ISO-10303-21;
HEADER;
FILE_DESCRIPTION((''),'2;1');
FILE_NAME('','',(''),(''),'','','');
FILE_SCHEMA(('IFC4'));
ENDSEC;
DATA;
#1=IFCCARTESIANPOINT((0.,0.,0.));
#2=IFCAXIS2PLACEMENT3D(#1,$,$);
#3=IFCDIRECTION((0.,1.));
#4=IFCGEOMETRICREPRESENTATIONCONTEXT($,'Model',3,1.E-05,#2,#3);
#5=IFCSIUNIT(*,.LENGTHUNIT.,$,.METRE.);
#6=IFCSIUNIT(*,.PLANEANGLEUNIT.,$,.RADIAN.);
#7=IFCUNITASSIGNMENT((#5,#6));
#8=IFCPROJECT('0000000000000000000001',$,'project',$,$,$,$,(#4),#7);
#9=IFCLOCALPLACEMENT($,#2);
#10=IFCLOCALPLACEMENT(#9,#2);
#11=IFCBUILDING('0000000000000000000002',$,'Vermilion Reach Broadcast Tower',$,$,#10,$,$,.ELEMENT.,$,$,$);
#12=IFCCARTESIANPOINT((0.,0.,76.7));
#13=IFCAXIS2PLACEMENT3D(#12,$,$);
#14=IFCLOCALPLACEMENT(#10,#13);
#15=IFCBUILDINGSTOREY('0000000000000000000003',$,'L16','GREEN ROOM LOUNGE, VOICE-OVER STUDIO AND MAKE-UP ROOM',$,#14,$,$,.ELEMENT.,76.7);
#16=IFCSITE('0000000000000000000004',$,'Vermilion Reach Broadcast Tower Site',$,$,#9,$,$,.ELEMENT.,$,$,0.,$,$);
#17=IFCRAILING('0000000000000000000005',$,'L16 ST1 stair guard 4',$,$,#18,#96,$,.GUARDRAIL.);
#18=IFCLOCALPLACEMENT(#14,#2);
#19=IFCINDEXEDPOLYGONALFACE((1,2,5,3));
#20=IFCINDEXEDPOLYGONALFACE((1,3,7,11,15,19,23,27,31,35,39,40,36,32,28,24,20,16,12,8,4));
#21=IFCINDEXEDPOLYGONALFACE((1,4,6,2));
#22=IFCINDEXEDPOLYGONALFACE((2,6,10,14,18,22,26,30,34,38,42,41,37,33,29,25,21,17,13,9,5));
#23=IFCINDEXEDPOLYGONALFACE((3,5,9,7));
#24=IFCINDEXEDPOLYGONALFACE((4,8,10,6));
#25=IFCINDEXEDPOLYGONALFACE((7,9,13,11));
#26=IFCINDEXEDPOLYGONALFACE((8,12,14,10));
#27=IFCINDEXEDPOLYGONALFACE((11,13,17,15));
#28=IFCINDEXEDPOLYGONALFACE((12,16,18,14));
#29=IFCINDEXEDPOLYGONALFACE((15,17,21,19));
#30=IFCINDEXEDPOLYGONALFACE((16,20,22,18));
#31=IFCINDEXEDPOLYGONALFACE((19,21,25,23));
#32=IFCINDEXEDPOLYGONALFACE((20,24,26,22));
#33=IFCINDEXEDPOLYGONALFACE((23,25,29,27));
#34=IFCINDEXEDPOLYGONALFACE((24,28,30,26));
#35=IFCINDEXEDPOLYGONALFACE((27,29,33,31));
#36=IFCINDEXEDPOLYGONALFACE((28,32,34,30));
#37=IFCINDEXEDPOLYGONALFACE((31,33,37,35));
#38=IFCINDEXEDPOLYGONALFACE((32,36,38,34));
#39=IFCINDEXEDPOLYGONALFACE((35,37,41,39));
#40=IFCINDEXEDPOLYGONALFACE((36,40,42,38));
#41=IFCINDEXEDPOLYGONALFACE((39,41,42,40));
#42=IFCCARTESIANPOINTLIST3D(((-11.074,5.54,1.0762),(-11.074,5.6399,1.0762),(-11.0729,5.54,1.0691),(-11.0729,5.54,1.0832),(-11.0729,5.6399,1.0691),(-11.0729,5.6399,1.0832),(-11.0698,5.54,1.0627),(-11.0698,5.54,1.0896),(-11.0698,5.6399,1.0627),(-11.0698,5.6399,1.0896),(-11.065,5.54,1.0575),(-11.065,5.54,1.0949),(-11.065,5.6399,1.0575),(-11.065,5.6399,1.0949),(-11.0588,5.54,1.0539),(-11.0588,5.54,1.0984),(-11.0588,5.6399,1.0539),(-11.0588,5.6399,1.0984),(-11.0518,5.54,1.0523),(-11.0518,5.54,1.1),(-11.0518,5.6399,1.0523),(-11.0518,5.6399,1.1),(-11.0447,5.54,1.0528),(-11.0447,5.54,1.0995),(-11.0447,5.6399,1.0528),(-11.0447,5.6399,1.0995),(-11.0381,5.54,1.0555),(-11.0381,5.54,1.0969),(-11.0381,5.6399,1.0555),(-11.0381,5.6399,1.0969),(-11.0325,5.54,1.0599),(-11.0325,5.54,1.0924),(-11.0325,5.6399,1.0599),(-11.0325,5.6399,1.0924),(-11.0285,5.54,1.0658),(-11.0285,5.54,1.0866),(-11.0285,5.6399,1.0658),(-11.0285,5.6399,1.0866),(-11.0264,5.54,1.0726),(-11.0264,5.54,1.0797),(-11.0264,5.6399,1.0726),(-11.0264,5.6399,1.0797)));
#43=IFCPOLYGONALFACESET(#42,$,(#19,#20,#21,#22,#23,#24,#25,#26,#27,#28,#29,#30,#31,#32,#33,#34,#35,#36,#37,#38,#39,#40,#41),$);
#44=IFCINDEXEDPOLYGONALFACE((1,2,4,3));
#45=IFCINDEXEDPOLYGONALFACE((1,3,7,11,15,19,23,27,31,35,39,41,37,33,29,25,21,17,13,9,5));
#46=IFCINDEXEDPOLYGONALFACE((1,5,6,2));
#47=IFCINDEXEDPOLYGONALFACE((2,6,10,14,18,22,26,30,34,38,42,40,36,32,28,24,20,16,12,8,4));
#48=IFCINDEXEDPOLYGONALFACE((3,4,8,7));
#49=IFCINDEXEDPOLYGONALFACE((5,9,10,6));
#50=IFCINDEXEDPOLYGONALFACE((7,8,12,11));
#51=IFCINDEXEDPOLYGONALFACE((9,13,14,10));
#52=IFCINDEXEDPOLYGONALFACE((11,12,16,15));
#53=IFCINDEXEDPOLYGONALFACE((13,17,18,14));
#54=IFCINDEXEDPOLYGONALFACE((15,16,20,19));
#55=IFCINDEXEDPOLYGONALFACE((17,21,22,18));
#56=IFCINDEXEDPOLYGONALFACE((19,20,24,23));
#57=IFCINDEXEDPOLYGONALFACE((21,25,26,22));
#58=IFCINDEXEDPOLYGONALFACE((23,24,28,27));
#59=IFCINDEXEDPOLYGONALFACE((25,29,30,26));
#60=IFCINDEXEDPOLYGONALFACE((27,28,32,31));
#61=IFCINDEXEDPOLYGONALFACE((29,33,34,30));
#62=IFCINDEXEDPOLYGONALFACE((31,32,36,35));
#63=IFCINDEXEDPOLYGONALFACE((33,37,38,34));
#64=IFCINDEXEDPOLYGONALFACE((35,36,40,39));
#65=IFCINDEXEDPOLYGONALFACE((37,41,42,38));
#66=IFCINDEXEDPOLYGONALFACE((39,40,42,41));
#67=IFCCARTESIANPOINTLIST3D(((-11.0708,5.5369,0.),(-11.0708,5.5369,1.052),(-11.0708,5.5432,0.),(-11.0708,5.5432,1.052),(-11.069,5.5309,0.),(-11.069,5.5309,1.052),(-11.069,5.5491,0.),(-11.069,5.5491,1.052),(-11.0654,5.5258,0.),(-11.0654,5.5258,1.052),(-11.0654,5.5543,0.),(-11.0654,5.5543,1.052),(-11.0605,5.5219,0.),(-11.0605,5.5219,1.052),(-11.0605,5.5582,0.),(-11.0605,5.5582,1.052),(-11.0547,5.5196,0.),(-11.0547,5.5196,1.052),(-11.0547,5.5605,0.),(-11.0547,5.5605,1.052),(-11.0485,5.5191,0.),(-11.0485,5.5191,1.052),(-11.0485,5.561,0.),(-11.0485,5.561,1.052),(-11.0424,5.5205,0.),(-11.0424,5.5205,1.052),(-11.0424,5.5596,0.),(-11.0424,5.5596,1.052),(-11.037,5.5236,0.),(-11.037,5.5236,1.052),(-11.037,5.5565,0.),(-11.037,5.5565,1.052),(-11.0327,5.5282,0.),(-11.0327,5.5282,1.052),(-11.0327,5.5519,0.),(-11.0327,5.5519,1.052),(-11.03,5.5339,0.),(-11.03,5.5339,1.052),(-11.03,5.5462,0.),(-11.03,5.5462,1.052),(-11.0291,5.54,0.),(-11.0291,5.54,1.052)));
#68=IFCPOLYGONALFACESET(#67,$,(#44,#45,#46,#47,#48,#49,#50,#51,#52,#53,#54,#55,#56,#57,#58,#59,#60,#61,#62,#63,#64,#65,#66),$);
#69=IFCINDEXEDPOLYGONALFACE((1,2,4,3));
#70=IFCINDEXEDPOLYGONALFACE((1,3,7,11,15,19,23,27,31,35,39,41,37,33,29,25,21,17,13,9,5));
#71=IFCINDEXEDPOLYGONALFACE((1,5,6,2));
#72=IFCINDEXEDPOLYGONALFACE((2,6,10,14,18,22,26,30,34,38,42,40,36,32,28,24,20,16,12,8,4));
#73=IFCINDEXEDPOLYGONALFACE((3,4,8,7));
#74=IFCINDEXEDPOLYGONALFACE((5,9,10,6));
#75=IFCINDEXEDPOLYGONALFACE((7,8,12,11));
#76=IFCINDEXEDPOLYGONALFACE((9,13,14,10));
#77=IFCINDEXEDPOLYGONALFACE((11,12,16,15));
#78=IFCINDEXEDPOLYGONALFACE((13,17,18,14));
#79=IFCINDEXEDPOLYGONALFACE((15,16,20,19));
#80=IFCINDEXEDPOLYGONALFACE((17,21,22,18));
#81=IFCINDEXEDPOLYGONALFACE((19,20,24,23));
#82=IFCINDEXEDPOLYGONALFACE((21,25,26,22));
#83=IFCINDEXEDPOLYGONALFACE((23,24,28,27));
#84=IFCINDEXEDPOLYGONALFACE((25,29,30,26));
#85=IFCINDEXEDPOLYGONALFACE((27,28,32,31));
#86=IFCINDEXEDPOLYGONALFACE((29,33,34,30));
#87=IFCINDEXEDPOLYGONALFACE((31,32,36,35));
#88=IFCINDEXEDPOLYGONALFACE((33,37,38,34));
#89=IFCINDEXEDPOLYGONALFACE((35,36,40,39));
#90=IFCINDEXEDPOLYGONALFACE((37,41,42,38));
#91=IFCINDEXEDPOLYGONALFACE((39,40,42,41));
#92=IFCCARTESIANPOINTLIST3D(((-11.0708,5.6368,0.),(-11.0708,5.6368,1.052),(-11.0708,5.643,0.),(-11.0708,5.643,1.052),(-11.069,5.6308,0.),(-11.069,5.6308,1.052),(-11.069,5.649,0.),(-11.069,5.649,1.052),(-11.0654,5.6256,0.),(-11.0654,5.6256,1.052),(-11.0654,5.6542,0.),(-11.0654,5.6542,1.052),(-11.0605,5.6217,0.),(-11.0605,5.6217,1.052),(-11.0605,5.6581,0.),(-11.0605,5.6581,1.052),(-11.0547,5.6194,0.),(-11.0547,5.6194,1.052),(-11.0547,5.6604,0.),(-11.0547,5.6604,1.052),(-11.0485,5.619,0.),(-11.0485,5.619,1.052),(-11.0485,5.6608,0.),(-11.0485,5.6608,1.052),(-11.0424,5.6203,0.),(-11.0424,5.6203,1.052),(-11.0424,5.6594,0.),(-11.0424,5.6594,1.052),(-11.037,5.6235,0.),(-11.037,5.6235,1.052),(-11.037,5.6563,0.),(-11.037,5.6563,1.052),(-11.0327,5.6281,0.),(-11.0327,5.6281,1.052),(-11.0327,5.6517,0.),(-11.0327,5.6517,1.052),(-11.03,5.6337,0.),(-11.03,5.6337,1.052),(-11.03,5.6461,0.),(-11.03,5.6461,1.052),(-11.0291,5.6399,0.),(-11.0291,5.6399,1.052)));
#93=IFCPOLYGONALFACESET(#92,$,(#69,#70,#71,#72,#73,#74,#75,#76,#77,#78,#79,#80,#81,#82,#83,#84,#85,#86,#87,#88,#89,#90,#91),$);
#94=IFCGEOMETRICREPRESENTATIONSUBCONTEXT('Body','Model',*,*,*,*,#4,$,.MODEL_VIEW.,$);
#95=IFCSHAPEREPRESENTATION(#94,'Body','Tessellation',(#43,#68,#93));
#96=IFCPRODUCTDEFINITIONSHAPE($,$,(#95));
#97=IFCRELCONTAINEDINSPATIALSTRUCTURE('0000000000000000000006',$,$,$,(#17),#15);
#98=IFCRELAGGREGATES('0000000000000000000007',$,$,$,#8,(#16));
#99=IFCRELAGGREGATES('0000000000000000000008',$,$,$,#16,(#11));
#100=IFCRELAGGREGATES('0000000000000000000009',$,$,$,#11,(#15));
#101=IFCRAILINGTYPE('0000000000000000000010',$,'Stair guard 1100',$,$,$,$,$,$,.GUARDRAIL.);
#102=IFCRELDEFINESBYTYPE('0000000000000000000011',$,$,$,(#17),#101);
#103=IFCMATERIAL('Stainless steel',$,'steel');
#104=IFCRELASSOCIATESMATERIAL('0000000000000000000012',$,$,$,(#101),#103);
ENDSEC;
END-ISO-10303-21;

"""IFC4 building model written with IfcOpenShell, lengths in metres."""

from ifc_helpers import new_model, si_unit, direction, frame, origin, origin_2d, place, context, subcontext, project, spatial, circle, extrude, material, type_object, element, save


model = new_model("IFC4")

# Units and contexts
model_context = context("Model", 3, precision=1e-05, world=origin(), true_north=direction((0.0, 1.0)))
body_context = subcontext(model_context, "Body", "Model", "MODEL_VIEW")
ifc_project = project(units=[si_unit("LENGTHUNIT", "METRE"), si_unit("PLANEANGLEUNIT", "RADIAN")], contexts=[model_context])

# Site, building, storey
site_placement = place(None, origin())
site = spatial("IfcSite", under=ifc_project, at=site_placement, Name="Vermilion Reach Broadcast Tower Site", CompositionType="ELEMENT", RefElevation=0.0)
building_placement = place(site_placement, origin())
building = spatial("IfcBuilding", under=site, at=building_placement, Name="Vermilion Reach Broadcast Tower", CompositionType="ELEMENT")
storey_placement = place(building_placement, frame((0.0, 0.0, 76.7)))
storey = spatial("IfcBuildingStorey", under=building, at=storey_placement, Name="L16", Description="GREEN ROOM LOUNGE, VOICE-OVER STUDIO AND MAKE-UP ROOM", CompositionType="ELEMENT", Elevation=76.7)

# Railing
ifc_material_1 = material(Name="Stainless steel", Category="steel")
railing_type_1 = type_object("IfcRailingType", Name="Stair guard 1100", PredefinedType="GUARDRAIL", material=ifc_material_1)
railing_1_placement = place(storey_placement, frame((-11.05, 5.54, 0.0)))
element("IfcRailing", 1, at=railing_1_placement, inside=storey, type_object=railing_type_1, Name="L16 ST1 stair guard 4", PredefinedType="GUARDRAIL", context=body_context, shape_type="SweptSolid", body=[
    extrude(circle(Radius=0.0239, at=origin_2d()), frame((0.0, 0.0, 1.0762), z_axis=(0.0, 1.0, 0.0), x_axis=(-1.0, 0.0, 0.0)), (0.0, 0.0, 1.0), 0.0999),
    extrude(circle(Radius=0.021, at=origin_2d()), origin(), (0.0, 0.0, 1.0), 1.052),
    extrude(circle(Radius=0.021, at=origin_2d()), frame((0.0, 0.0999, 0.0)), (0.0, 0.0, 1.0), 1.052),
])

save(model, "model.ifc")
